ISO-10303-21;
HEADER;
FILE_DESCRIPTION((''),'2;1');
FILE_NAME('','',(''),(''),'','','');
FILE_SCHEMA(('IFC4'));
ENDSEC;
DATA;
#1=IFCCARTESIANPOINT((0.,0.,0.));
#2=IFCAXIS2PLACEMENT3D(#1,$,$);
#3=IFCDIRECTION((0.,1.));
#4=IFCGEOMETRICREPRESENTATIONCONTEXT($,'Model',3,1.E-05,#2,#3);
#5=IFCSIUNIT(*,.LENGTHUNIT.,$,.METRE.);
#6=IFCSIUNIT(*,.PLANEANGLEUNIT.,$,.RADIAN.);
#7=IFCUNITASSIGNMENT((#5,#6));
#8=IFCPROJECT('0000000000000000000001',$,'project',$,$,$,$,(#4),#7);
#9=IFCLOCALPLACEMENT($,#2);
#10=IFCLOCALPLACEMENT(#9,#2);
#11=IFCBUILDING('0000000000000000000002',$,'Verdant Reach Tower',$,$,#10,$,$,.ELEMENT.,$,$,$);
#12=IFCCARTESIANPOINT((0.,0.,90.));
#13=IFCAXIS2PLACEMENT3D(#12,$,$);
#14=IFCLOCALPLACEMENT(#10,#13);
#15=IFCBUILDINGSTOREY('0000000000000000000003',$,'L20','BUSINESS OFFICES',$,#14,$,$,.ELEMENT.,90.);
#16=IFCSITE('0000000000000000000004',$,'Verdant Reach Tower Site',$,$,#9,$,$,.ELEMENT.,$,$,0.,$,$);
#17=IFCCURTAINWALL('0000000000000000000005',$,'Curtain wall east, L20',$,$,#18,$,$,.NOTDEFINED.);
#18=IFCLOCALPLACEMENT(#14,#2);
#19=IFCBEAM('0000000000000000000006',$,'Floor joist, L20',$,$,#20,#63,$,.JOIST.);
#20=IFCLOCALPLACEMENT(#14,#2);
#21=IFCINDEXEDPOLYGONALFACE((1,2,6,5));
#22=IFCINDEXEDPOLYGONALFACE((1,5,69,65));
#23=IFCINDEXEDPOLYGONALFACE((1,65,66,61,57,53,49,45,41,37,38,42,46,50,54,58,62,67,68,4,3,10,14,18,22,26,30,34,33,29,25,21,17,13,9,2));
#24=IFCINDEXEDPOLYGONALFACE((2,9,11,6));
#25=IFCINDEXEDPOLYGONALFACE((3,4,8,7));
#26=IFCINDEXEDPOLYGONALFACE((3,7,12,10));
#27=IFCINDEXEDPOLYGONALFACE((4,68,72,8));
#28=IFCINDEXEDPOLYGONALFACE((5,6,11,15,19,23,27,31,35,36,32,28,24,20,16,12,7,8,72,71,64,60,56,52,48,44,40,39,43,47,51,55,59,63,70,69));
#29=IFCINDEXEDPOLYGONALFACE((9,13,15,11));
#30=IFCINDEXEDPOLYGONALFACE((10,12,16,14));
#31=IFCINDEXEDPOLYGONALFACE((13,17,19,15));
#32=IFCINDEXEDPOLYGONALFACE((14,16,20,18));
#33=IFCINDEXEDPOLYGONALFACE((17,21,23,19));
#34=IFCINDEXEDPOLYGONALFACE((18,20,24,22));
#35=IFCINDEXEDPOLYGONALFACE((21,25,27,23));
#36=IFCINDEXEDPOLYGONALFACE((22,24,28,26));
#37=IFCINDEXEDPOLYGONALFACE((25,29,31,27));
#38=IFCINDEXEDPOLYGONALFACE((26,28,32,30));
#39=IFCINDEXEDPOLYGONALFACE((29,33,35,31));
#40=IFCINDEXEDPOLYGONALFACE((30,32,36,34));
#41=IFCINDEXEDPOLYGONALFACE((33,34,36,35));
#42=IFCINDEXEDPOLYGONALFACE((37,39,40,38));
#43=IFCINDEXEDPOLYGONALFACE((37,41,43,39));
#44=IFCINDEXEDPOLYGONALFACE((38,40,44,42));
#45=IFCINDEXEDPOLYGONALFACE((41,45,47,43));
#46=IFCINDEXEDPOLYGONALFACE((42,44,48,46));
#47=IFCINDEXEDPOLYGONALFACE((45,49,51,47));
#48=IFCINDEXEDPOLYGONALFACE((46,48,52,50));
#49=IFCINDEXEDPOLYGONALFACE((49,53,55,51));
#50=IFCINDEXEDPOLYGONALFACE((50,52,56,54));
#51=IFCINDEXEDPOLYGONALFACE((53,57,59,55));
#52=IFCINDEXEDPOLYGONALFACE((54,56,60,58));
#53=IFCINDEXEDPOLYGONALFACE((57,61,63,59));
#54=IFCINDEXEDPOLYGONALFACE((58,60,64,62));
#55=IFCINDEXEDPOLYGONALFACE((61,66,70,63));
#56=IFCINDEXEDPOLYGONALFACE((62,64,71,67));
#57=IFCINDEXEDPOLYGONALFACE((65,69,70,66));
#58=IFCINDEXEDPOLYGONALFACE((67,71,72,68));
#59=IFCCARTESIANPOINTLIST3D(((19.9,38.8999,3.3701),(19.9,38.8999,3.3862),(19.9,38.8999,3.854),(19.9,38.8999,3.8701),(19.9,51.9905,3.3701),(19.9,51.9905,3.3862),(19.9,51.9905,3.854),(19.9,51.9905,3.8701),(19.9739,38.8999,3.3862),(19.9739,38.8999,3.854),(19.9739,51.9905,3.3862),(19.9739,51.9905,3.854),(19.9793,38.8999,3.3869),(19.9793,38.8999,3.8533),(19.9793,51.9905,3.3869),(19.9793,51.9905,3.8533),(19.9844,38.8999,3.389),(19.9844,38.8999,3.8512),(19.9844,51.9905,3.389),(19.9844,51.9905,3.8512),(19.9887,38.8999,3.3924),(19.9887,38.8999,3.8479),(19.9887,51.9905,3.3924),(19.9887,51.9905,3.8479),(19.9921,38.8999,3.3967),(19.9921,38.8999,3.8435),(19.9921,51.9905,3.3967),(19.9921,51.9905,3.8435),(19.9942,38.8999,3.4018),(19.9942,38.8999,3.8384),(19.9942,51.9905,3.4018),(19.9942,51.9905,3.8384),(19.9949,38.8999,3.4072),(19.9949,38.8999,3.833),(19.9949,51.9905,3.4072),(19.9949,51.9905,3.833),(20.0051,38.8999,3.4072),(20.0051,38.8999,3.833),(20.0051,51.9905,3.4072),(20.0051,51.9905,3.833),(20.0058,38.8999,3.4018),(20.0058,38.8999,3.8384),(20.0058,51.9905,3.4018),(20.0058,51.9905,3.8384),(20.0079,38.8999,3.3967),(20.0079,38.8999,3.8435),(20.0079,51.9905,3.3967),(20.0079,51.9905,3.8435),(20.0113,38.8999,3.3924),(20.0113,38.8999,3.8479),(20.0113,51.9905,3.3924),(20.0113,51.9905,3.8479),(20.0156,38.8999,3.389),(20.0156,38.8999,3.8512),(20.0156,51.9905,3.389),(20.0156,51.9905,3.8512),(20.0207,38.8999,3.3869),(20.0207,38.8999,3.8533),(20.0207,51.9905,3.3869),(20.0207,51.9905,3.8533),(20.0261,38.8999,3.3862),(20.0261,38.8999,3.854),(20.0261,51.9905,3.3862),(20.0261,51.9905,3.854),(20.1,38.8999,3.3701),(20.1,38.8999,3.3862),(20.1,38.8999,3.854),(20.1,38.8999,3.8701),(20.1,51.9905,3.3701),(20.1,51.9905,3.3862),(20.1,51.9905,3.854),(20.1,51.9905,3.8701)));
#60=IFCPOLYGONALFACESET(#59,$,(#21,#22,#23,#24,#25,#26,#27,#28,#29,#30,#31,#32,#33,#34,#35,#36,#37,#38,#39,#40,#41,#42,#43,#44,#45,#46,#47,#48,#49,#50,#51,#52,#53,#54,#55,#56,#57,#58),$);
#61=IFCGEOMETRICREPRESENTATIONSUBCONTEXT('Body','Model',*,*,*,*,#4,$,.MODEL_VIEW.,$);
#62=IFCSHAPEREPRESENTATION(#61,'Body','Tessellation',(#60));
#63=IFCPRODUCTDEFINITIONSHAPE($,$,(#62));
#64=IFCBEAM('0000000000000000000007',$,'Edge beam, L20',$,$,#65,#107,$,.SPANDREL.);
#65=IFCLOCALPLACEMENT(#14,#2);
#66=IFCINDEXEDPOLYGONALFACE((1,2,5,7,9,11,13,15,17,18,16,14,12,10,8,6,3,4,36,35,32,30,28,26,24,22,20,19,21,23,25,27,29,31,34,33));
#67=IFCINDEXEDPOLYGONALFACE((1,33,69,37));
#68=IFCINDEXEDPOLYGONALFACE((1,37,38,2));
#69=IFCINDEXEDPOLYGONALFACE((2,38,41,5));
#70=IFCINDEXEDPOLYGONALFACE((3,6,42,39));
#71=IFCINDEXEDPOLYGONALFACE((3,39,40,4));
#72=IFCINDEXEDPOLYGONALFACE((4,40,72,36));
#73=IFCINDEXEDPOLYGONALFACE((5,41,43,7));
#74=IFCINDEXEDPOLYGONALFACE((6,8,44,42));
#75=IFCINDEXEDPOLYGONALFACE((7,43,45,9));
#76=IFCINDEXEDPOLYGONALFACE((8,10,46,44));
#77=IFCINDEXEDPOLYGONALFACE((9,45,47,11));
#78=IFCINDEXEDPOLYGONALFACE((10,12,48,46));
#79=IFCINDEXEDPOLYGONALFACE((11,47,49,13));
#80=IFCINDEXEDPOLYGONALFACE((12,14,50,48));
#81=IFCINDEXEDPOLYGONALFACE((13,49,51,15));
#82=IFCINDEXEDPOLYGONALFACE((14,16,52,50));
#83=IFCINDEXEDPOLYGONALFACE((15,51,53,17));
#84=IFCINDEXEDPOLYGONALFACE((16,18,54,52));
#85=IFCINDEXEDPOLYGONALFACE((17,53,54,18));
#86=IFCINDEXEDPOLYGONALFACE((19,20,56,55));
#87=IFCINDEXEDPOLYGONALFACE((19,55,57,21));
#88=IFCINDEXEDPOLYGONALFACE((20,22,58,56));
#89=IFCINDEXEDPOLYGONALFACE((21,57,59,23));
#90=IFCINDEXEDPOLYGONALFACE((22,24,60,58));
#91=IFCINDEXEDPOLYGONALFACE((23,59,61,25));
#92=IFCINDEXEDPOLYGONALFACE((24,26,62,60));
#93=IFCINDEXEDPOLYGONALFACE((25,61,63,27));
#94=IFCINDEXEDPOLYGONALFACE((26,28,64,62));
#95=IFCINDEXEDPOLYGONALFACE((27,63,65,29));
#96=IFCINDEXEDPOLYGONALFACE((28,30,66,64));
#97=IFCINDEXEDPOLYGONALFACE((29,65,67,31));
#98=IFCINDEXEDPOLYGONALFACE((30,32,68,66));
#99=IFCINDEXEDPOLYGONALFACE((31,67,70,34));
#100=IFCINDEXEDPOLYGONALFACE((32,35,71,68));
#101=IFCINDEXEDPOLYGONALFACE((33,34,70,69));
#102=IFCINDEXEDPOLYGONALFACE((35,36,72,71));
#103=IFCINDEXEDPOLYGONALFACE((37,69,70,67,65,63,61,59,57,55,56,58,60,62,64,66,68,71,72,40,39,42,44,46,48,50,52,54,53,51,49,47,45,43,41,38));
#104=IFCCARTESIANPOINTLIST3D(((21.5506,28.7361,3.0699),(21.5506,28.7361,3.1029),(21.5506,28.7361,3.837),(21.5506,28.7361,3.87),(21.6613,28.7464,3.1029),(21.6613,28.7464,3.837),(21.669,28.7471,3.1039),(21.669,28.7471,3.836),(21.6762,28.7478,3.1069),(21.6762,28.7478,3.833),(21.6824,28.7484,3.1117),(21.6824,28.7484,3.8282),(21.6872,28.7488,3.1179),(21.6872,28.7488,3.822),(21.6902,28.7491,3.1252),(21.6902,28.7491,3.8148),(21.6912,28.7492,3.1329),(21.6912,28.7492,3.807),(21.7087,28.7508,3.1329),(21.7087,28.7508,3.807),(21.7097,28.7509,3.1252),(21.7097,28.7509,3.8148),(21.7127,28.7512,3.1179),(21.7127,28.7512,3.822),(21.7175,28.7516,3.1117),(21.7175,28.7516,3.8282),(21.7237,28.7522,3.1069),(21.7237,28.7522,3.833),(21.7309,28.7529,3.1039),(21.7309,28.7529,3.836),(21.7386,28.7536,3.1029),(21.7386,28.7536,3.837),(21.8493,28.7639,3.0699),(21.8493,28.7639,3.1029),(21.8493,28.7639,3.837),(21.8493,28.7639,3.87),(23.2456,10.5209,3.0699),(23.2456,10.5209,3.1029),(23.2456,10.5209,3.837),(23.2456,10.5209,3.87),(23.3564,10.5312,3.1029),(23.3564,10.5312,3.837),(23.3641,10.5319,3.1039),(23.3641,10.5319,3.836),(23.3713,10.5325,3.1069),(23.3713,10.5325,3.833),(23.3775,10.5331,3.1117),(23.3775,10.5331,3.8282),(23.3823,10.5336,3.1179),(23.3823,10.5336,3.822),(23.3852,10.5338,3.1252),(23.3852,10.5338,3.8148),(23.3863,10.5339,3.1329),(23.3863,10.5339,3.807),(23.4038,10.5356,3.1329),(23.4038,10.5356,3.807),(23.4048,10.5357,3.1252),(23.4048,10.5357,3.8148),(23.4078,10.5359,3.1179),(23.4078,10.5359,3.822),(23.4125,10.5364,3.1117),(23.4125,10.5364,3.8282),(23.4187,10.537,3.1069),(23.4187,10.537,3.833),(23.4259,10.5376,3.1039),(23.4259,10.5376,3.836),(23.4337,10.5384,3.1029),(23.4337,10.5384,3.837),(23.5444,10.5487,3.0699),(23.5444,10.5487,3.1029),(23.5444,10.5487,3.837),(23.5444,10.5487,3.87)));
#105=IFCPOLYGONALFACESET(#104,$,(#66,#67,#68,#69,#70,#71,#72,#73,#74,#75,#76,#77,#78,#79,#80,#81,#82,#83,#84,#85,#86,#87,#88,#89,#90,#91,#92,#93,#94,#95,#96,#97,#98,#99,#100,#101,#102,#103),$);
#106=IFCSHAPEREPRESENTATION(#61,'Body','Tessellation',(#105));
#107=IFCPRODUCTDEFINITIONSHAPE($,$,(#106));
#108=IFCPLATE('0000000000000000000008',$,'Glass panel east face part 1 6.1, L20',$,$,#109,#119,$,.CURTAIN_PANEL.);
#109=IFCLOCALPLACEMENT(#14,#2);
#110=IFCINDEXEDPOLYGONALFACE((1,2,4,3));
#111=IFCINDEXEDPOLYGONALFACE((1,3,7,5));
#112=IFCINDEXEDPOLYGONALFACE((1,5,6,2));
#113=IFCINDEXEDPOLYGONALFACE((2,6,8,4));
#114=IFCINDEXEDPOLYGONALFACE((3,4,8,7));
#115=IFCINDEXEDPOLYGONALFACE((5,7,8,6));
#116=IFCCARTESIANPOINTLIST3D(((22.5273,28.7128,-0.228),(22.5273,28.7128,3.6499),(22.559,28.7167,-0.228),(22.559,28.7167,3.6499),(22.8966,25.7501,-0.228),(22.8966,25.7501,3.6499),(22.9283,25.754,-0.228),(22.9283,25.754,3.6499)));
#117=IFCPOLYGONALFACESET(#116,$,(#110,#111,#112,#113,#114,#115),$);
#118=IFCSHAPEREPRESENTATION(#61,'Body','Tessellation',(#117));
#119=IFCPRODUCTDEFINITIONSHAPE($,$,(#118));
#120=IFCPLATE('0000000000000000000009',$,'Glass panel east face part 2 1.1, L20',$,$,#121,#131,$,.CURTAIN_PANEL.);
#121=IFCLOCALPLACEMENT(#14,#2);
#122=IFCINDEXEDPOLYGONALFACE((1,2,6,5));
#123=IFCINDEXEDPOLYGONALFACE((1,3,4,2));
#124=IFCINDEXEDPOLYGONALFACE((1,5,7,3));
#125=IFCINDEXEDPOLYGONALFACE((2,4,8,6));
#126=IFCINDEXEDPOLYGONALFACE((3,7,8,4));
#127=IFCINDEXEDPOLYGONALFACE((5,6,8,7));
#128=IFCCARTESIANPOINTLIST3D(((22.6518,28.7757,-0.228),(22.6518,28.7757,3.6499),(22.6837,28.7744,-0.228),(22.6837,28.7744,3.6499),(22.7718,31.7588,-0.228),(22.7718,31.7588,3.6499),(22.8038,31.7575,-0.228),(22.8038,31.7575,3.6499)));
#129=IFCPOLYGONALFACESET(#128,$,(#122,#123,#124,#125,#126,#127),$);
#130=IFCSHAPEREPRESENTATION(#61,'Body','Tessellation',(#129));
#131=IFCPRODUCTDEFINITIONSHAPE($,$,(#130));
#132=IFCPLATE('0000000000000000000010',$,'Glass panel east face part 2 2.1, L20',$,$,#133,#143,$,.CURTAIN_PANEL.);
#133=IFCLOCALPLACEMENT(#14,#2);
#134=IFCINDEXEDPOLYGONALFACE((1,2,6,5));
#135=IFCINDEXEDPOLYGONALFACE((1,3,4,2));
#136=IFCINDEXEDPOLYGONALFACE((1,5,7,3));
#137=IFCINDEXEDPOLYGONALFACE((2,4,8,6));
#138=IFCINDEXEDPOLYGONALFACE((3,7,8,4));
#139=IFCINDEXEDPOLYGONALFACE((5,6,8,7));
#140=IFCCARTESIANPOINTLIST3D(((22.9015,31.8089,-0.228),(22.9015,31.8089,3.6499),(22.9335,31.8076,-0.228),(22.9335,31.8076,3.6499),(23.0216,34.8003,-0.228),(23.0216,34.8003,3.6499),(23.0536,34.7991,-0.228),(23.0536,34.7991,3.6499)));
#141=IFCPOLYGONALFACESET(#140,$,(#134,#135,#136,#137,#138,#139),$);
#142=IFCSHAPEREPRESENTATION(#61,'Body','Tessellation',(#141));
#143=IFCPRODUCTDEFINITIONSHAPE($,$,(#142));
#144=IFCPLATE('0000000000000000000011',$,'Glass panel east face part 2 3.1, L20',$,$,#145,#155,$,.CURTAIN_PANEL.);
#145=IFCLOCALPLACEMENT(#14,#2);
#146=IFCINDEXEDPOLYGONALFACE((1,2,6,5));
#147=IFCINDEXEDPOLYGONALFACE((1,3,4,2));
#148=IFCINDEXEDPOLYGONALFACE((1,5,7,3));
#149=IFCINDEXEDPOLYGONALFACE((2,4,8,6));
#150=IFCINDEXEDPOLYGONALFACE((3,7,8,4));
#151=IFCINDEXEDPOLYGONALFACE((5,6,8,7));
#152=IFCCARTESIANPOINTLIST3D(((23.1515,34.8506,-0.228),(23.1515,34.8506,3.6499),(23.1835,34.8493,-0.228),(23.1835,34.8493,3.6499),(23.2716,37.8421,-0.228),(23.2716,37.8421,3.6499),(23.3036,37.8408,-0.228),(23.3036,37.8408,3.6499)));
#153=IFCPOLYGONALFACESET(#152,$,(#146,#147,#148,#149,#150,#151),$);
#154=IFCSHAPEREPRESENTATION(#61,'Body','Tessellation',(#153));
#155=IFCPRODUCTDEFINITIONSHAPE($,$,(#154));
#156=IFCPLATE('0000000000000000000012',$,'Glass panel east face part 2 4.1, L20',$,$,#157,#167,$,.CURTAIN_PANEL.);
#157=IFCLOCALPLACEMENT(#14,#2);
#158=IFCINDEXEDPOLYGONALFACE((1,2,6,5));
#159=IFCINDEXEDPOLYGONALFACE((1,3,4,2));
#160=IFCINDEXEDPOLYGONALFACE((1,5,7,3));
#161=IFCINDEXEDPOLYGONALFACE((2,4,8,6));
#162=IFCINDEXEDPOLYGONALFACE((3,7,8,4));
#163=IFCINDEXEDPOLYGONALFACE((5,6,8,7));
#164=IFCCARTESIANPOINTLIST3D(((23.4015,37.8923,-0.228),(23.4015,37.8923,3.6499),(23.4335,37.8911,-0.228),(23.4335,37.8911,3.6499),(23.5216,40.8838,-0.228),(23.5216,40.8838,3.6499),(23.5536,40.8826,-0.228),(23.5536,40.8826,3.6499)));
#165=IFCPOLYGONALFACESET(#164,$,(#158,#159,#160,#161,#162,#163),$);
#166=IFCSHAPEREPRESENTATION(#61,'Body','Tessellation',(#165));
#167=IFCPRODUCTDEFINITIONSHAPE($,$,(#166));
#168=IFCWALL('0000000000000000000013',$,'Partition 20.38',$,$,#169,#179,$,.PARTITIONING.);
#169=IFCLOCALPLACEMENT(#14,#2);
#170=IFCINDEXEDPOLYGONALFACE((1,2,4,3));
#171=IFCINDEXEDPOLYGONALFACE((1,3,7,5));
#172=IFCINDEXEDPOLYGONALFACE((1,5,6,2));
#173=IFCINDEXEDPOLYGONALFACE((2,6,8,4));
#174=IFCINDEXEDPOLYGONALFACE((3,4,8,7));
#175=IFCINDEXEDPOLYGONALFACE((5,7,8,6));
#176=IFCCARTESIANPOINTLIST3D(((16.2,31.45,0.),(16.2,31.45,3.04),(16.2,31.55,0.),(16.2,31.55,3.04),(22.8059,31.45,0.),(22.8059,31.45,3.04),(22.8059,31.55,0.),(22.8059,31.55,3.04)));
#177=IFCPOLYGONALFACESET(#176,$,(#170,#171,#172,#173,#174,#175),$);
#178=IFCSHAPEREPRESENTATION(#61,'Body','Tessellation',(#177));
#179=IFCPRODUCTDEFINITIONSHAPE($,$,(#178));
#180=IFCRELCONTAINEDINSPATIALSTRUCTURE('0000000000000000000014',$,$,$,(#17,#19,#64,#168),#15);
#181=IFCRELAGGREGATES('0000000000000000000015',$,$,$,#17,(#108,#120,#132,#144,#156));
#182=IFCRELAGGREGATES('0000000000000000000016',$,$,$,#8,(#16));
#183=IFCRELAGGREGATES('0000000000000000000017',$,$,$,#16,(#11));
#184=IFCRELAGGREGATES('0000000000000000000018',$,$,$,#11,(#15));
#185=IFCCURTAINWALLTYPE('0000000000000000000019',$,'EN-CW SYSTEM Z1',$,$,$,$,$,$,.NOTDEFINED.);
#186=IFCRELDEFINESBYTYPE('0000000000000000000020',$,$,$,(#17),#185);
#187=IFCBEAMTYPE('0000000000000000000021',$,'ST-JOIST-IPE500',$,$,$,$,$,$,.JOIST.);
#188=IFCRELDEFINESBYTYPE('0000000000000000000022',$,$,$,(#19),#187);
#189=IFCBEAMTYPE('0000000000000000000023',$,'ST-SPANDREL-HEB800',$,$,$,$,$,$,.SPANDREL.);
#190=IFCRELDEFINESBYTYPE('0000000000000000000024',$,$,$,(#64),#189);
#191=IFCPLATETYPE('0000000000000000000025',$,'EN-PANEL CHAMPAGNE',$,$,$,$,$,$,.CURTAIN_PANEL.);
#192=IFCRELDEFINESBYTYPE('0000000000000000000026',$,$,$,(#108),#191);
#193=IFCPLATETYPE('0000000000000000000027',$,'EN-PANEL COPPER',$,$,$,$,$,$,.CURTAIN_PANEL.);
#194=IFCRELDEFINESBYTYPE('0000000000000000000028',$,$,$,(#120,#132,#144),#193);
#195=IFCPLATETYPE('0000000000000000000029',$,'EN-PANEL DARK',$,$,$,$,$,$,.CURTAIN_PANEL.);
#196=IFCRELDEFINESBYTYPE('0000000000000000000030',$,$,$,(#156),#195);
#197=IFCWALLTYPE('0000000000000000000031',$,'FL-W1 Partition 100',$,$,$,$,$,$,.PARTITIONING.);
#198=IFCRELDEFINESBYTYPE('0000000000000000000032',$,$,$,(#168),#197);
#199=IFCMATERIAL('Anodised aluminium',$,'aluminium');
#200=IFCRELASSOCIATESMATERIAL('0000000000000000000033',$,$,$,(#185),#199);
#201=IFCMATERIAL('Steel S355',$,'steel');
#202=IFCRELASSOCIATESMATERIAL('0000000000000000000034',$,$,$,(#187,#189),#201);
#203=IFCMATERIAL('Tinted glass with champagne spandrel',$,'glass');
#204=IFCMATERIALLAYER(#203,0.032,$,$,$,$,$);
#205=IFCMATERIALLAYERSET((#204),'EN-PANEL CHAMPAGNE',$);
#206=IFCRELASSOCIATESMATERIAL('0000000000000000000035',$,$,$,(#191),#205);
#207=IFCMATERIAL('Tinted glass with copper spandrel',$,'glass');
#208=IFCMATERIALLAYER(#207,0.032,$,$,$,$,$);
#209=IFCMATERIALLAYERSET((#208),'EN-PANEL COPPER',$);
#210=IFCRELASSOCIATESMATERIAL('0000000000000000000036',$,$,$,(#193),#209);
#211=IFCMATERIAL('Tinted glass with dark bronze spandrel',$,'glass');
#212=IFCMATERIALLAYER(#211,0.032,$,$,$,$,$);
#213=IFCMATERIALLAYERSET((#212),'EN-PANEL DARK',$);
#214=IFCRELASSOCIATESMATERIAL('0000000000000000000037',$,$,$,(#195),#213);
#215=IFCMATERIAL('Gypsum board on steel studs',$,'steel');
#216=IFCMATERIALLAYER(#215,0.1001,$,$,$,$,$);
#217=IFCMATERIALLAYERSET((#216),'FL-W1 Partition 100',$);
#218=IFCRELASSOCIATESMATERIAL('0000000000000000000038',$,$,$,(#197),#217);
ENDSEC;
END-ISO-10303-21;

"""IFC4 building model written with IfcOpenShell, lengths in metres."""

from ifc_helpers import new_model, si_unit, direction, frame, frame_2d, origin, origin_2d, place, context, subcontext, project, spatial, rectangle, i_section, extrude, material, layer, layer_set, material_profile, profile_set, type_object, element, aggregate, save


model = new_model("IFC4")

# Units and contexts
model_context = context("Model", 3, precision=1e-05, world=origin(), true_north=direction((0.0, 1.0)))
body_context = subcontext(model_context, "Body", "Model", "MODEL_VIEW")
ifc_project = project(units=[si_unit("LENGTHUNIT", "METRE"), si_unit("PLANEANGLEUNIT", "RADIAN")], contexts=[model_context])

# Site, building, storey
site_placement = place(None, origin())
site = spatial("IfcSite", under=ifc_project, at=site_placement, Name="Verdant Reach Tower Site", CompositionType="ELEMENT", RefElevation=0.0)
building_placement = place(site_placement, origin())
building = spatial("IfcBuilding", under=site, at=building_placement, Name="Verdant Reach Tower", CompositionType="ELEMENT")
storey_placement = place(building_placement, frame((0.0, 0.0, 90.0)))
storey = spatial("IfcBuildingStorey", under=building, at=storey_placement, Name="L20", Description="BUSINESS OFFICES", CompositionType="ELEMENT", Elevation=90.0)

# Curtain wall
ifc_material_1 = material(Name="Anodised aluminium", Category="aluminium")
curtain_wall_type = type_object("IfcCurtainWallType", Name="EN-CW SYSTEM Z1", PredefinedType="NOTDEFINED", material=ifc_material_1)
curtain_wall_placement = place(storey_placement, origin())
curtain_wall = element("IfcCurtainWall", 1, at=curtain_wall_placement, inside=storey, type_object=curtain_wall_type, Name="Curtain wall east, L20", PredefinedType="NOTDEFINED")

# Beams
ifc_material_2 = material(Name="Steel S355", Category="steel")
ifc_material_profile_1 = material_profile(ifc_material_2, i_section(OverallWidth=0.2, OverallDepth=0.5, WebThickness=0.0103, FlangeThickness=0.0161, FilletRadius=0.021, at=origin_2d()), Name="IPE 500")
ifc_profile_set_1 = profile_set([ifc_material_profile_1], Name="Steel S355")
beam_type_1 = type_object("IfcBeamType", Name="ST-JOIST-IPE500", PredefinedType="JOIST", material=ifc_profile_set_1)
beam_1_placement = place(storey_placement, frame((20.0, 38.8999, 3.6201), z_axis=(0.0, 1.0, 0.0), x_axis=(-1.0, 0.0, 0.0)))
element("IfcBeam", 2, at=beam_1_placement, inside=storey, type_object=beam_type_1, Name="Floor joist, L20", PredefinedType="JOIST", context=body_context, shape_type="SweptSolid", body=[
    extrude(i_section(OverallWidth=0.2, OverallDepth=0.5, WebThickness=0.0103, FlangeThickness=0.0161, FilletRadius=0.021, at=origin_2d()), origin(), (0.0, 0.0, 1.0), 13.0906),
])
ifc_material_profile_2 = material_profile(ifc_material_2, i_section(OverallWidth=0.3, OverallDepth=0.8, WebThickness=0.0176, FlangeThickness=0.033, FilletRadius=0.03, at=origin_2d()), Name="HEB 800")
ifc_profile_set_2 = profile_set([ifc_material_profile_2], Name="Steel S355")
beam_type_2 = type_object("IfcBeamType", Name="ST-SPANDREL-HEB800", PredefinedType="SPANDREL", material=ifc_profile_set_2)
beam_2_placement = place(storey_placement, frame((21.7, 28.75, 3.47), z_axis=(0.092657, -0.995698, 0.0), x_axis=(0.995698, 0.092657, 0.0)))
element("IfcBeam", 3, at=beam_2_placement, inside=storey, type_object=beam_type_2, Name="Edge beam, L20", PredefinedType="SPANDREL", context=body_context, shape_type="SweptSolid", body=[
    extrude(i_section(OverallWidth=0.3, OverallDepth=0.8, WebThickness=0.0176, FlangeThickness=0.033, FilletRadius=0.03, at=origin_2d()), origin(), (0.0, 0.0, 1.0), 18.2939),
])

# Plates
ifc_material_3 = material(Name="Tinted glass with champagne spandrel", Category="glass")
ifc_layer_1 = layer(ifc_material_3, 0.032)
ifc_layer_set_1 = layer_set([ifc_layer_1], Name="EN-PANEL CHAMPAGNE")
plate_type_1 = type_object("IfcPlateType", Name="EN-PANEL CHAMPAGNE", PredefinedType="CURTAIN_PANEL", material=ifc_layer_set_1)
plate_1_placement = place(storey_placement, frame((22.7278, 27.2334, -0.228), z_axis=(0.0, 0.0, 1.0), x_axis=(-0.123691, 0.992321, 0.0)))
plate_1 = element("IfcPlate", 4, at=plate_1_placement, type_object=plate_type_1, Name="Glass panel east face part 1 6.1, L20", PredefinedType="CURTAIN_PANEL", context=body_context, shape_type="SweptSolid", body=[
    extrude(rectangle(XDim=2.9856, YDim=0.032, at=origin_2d()), origin(), (0.0, 0.0, 1.0), 3.8779),
])
ifc_material_4 = material(Name="Tinted glass with copper spandrel", Category="glass")
ifc_layer_2 = layer(ifc_material_4, 0.032)
ifc_layer_set_2 = layer_set([ifc_layer_2], Name="EN-PANEL COPPER")
plate_type_2 = type_object("IfcPlateType", Name="EN-PANEL COPPER", PredefinedType="CURTAIN_PANEL", material=ifc_layer_set_2)
plate_2_placement = place(storey_placement, frame((22.7278, 30.2666, -0.228), z_axis=(0.0, 0.0, 1.0), x_axis=(0.040222, 0.999191, 0.0)))
plate_2 = element("IfcPlate", 5, at=plate_2_placement, type_object=plate_type_2, Name="Glass panel east face part 2 1.1, L20", PredefinedType="CURTAIN_PANEL", context=body_context, shape_type="SweptSolid", body=[
    extrude(rectangle(XDim=2.9856, YDim=0.032, at=origin_2d()), origin(), (0.0, 0.0, 1.0), 3.8779),
])
plate_3_placement = place(storey_placement, frame((22.9775, 33.304, -0.228), z_axis=(0.0, 0.0, 1.0), x_axis=(0.040109, 0.999195, 0.0)))
plate_3 = element("IfcPlate", 6, at=plate_3_placement, type_object=plate_type_2, Name="Glass panel east face part 2 2.1, L20", PredefinedType="CURTAIN_PANEL", context=body_context, shape_type="SweptSolid", body=[
    extrude(rectangle(XDim=2.9939, YDim=0.032, at=origin_2d()), origin(), (0.0, 0.0, 1.0), 3.8779),
])
plate_4_placement = place(storey_placement, frame((23.2275, 36.3457, -0.228), z_axis=(0.0, 0.0, 1.0), x_axis=(0.040109, 0.999195, 0.0)))
plate_4 = element("IfcPlate", 7, at=plate_4_placement, type_object=plate_type_2, Name="Glass panel east face part 2 3.1, L20", PredefinedType="CURTAIN_PANEL", context=body_context, shape_type="SweptSolid", body=[
    extrude(rectangle(XDim=2.9939, YDim=0.032, at=origin_2d()), origin(), (0.0, 0.0, 1.0), 3.8779),
])
ifc_material_5 = material(Name="Tinted glass with dark bronze spandrel", Category="glass")
ifc_layer_3 = layer(ifc_material_5, 0.032)
ifc_layer_set_3 = layer_set([ifc_layer_3], Name="EN-PANEL DARK")
plate_type_3 = type_object("IfcPlateType", Name="EN-PANEL DARK", PredefinedType="CURTAIN_PANEL", material=ifc_layer_set_3)
plate_5_placement = place(storey_placement, frame((23.4775, 39.3875, -0.228), z_axis=(0.0, 0.0, 1.0), x_axis=(0.040109, 0.999195, 0.0)))
plate_5 = element("IfcPlate", 8, at=plate_5_placement, type_object=plate_type_3, Name="Glass panel east face part 2 4.1, L20", PredefinedType="CURTAIN_PANEL", context=body_context, shape_type="SweptSolid", body=[
    extrude(rectangle(XDim=2.9939, YDim=0.032, at=origin_2d()), origin(), (0.0, 0.0, 1.0), 3.8779),
])
aggregate(curtain_wall, [plate_1, plate_2, plate_3, plate_4, plate_5])

# Wall
ifc_material_6 = material(Name="Gypsum board on steel studs", Category="steel")
ifc_layer_4 = layer(ifc_material_6, 0.1001)
ifc_layer_set_4 = layer_set([ifc_layer_4], Name="FL-W1 Partition 100")
wall_type_1 = type_object("IfcWallType", Name="FL-W1 Partition 100", PredefinedType="PARTITIONING", material=ifc_layer_set_4)
wall_1_placement = place(storey_placement, frame((22.8059, 31.5, 0.0), z_axis=(0.0, 0.0, 1.0), x_axis=(-1.0, 0.0, 0.0)))
element("IfcWall", 9, at=wall_1_placement, inside=storey, type_object=wall_type_1, Name="Partition 20.38", PredefinedType="PARTITIONING", context=body_context, shape_type="SweptSolid", body=[
    extrude(rectangle(XDim=6.606, YDim=0.1001, at=frame_2d((3.303, 0.0))), origin(), (0.0, 0.0, 1.0), 3.04),
])

save(model, "model.ifc")
